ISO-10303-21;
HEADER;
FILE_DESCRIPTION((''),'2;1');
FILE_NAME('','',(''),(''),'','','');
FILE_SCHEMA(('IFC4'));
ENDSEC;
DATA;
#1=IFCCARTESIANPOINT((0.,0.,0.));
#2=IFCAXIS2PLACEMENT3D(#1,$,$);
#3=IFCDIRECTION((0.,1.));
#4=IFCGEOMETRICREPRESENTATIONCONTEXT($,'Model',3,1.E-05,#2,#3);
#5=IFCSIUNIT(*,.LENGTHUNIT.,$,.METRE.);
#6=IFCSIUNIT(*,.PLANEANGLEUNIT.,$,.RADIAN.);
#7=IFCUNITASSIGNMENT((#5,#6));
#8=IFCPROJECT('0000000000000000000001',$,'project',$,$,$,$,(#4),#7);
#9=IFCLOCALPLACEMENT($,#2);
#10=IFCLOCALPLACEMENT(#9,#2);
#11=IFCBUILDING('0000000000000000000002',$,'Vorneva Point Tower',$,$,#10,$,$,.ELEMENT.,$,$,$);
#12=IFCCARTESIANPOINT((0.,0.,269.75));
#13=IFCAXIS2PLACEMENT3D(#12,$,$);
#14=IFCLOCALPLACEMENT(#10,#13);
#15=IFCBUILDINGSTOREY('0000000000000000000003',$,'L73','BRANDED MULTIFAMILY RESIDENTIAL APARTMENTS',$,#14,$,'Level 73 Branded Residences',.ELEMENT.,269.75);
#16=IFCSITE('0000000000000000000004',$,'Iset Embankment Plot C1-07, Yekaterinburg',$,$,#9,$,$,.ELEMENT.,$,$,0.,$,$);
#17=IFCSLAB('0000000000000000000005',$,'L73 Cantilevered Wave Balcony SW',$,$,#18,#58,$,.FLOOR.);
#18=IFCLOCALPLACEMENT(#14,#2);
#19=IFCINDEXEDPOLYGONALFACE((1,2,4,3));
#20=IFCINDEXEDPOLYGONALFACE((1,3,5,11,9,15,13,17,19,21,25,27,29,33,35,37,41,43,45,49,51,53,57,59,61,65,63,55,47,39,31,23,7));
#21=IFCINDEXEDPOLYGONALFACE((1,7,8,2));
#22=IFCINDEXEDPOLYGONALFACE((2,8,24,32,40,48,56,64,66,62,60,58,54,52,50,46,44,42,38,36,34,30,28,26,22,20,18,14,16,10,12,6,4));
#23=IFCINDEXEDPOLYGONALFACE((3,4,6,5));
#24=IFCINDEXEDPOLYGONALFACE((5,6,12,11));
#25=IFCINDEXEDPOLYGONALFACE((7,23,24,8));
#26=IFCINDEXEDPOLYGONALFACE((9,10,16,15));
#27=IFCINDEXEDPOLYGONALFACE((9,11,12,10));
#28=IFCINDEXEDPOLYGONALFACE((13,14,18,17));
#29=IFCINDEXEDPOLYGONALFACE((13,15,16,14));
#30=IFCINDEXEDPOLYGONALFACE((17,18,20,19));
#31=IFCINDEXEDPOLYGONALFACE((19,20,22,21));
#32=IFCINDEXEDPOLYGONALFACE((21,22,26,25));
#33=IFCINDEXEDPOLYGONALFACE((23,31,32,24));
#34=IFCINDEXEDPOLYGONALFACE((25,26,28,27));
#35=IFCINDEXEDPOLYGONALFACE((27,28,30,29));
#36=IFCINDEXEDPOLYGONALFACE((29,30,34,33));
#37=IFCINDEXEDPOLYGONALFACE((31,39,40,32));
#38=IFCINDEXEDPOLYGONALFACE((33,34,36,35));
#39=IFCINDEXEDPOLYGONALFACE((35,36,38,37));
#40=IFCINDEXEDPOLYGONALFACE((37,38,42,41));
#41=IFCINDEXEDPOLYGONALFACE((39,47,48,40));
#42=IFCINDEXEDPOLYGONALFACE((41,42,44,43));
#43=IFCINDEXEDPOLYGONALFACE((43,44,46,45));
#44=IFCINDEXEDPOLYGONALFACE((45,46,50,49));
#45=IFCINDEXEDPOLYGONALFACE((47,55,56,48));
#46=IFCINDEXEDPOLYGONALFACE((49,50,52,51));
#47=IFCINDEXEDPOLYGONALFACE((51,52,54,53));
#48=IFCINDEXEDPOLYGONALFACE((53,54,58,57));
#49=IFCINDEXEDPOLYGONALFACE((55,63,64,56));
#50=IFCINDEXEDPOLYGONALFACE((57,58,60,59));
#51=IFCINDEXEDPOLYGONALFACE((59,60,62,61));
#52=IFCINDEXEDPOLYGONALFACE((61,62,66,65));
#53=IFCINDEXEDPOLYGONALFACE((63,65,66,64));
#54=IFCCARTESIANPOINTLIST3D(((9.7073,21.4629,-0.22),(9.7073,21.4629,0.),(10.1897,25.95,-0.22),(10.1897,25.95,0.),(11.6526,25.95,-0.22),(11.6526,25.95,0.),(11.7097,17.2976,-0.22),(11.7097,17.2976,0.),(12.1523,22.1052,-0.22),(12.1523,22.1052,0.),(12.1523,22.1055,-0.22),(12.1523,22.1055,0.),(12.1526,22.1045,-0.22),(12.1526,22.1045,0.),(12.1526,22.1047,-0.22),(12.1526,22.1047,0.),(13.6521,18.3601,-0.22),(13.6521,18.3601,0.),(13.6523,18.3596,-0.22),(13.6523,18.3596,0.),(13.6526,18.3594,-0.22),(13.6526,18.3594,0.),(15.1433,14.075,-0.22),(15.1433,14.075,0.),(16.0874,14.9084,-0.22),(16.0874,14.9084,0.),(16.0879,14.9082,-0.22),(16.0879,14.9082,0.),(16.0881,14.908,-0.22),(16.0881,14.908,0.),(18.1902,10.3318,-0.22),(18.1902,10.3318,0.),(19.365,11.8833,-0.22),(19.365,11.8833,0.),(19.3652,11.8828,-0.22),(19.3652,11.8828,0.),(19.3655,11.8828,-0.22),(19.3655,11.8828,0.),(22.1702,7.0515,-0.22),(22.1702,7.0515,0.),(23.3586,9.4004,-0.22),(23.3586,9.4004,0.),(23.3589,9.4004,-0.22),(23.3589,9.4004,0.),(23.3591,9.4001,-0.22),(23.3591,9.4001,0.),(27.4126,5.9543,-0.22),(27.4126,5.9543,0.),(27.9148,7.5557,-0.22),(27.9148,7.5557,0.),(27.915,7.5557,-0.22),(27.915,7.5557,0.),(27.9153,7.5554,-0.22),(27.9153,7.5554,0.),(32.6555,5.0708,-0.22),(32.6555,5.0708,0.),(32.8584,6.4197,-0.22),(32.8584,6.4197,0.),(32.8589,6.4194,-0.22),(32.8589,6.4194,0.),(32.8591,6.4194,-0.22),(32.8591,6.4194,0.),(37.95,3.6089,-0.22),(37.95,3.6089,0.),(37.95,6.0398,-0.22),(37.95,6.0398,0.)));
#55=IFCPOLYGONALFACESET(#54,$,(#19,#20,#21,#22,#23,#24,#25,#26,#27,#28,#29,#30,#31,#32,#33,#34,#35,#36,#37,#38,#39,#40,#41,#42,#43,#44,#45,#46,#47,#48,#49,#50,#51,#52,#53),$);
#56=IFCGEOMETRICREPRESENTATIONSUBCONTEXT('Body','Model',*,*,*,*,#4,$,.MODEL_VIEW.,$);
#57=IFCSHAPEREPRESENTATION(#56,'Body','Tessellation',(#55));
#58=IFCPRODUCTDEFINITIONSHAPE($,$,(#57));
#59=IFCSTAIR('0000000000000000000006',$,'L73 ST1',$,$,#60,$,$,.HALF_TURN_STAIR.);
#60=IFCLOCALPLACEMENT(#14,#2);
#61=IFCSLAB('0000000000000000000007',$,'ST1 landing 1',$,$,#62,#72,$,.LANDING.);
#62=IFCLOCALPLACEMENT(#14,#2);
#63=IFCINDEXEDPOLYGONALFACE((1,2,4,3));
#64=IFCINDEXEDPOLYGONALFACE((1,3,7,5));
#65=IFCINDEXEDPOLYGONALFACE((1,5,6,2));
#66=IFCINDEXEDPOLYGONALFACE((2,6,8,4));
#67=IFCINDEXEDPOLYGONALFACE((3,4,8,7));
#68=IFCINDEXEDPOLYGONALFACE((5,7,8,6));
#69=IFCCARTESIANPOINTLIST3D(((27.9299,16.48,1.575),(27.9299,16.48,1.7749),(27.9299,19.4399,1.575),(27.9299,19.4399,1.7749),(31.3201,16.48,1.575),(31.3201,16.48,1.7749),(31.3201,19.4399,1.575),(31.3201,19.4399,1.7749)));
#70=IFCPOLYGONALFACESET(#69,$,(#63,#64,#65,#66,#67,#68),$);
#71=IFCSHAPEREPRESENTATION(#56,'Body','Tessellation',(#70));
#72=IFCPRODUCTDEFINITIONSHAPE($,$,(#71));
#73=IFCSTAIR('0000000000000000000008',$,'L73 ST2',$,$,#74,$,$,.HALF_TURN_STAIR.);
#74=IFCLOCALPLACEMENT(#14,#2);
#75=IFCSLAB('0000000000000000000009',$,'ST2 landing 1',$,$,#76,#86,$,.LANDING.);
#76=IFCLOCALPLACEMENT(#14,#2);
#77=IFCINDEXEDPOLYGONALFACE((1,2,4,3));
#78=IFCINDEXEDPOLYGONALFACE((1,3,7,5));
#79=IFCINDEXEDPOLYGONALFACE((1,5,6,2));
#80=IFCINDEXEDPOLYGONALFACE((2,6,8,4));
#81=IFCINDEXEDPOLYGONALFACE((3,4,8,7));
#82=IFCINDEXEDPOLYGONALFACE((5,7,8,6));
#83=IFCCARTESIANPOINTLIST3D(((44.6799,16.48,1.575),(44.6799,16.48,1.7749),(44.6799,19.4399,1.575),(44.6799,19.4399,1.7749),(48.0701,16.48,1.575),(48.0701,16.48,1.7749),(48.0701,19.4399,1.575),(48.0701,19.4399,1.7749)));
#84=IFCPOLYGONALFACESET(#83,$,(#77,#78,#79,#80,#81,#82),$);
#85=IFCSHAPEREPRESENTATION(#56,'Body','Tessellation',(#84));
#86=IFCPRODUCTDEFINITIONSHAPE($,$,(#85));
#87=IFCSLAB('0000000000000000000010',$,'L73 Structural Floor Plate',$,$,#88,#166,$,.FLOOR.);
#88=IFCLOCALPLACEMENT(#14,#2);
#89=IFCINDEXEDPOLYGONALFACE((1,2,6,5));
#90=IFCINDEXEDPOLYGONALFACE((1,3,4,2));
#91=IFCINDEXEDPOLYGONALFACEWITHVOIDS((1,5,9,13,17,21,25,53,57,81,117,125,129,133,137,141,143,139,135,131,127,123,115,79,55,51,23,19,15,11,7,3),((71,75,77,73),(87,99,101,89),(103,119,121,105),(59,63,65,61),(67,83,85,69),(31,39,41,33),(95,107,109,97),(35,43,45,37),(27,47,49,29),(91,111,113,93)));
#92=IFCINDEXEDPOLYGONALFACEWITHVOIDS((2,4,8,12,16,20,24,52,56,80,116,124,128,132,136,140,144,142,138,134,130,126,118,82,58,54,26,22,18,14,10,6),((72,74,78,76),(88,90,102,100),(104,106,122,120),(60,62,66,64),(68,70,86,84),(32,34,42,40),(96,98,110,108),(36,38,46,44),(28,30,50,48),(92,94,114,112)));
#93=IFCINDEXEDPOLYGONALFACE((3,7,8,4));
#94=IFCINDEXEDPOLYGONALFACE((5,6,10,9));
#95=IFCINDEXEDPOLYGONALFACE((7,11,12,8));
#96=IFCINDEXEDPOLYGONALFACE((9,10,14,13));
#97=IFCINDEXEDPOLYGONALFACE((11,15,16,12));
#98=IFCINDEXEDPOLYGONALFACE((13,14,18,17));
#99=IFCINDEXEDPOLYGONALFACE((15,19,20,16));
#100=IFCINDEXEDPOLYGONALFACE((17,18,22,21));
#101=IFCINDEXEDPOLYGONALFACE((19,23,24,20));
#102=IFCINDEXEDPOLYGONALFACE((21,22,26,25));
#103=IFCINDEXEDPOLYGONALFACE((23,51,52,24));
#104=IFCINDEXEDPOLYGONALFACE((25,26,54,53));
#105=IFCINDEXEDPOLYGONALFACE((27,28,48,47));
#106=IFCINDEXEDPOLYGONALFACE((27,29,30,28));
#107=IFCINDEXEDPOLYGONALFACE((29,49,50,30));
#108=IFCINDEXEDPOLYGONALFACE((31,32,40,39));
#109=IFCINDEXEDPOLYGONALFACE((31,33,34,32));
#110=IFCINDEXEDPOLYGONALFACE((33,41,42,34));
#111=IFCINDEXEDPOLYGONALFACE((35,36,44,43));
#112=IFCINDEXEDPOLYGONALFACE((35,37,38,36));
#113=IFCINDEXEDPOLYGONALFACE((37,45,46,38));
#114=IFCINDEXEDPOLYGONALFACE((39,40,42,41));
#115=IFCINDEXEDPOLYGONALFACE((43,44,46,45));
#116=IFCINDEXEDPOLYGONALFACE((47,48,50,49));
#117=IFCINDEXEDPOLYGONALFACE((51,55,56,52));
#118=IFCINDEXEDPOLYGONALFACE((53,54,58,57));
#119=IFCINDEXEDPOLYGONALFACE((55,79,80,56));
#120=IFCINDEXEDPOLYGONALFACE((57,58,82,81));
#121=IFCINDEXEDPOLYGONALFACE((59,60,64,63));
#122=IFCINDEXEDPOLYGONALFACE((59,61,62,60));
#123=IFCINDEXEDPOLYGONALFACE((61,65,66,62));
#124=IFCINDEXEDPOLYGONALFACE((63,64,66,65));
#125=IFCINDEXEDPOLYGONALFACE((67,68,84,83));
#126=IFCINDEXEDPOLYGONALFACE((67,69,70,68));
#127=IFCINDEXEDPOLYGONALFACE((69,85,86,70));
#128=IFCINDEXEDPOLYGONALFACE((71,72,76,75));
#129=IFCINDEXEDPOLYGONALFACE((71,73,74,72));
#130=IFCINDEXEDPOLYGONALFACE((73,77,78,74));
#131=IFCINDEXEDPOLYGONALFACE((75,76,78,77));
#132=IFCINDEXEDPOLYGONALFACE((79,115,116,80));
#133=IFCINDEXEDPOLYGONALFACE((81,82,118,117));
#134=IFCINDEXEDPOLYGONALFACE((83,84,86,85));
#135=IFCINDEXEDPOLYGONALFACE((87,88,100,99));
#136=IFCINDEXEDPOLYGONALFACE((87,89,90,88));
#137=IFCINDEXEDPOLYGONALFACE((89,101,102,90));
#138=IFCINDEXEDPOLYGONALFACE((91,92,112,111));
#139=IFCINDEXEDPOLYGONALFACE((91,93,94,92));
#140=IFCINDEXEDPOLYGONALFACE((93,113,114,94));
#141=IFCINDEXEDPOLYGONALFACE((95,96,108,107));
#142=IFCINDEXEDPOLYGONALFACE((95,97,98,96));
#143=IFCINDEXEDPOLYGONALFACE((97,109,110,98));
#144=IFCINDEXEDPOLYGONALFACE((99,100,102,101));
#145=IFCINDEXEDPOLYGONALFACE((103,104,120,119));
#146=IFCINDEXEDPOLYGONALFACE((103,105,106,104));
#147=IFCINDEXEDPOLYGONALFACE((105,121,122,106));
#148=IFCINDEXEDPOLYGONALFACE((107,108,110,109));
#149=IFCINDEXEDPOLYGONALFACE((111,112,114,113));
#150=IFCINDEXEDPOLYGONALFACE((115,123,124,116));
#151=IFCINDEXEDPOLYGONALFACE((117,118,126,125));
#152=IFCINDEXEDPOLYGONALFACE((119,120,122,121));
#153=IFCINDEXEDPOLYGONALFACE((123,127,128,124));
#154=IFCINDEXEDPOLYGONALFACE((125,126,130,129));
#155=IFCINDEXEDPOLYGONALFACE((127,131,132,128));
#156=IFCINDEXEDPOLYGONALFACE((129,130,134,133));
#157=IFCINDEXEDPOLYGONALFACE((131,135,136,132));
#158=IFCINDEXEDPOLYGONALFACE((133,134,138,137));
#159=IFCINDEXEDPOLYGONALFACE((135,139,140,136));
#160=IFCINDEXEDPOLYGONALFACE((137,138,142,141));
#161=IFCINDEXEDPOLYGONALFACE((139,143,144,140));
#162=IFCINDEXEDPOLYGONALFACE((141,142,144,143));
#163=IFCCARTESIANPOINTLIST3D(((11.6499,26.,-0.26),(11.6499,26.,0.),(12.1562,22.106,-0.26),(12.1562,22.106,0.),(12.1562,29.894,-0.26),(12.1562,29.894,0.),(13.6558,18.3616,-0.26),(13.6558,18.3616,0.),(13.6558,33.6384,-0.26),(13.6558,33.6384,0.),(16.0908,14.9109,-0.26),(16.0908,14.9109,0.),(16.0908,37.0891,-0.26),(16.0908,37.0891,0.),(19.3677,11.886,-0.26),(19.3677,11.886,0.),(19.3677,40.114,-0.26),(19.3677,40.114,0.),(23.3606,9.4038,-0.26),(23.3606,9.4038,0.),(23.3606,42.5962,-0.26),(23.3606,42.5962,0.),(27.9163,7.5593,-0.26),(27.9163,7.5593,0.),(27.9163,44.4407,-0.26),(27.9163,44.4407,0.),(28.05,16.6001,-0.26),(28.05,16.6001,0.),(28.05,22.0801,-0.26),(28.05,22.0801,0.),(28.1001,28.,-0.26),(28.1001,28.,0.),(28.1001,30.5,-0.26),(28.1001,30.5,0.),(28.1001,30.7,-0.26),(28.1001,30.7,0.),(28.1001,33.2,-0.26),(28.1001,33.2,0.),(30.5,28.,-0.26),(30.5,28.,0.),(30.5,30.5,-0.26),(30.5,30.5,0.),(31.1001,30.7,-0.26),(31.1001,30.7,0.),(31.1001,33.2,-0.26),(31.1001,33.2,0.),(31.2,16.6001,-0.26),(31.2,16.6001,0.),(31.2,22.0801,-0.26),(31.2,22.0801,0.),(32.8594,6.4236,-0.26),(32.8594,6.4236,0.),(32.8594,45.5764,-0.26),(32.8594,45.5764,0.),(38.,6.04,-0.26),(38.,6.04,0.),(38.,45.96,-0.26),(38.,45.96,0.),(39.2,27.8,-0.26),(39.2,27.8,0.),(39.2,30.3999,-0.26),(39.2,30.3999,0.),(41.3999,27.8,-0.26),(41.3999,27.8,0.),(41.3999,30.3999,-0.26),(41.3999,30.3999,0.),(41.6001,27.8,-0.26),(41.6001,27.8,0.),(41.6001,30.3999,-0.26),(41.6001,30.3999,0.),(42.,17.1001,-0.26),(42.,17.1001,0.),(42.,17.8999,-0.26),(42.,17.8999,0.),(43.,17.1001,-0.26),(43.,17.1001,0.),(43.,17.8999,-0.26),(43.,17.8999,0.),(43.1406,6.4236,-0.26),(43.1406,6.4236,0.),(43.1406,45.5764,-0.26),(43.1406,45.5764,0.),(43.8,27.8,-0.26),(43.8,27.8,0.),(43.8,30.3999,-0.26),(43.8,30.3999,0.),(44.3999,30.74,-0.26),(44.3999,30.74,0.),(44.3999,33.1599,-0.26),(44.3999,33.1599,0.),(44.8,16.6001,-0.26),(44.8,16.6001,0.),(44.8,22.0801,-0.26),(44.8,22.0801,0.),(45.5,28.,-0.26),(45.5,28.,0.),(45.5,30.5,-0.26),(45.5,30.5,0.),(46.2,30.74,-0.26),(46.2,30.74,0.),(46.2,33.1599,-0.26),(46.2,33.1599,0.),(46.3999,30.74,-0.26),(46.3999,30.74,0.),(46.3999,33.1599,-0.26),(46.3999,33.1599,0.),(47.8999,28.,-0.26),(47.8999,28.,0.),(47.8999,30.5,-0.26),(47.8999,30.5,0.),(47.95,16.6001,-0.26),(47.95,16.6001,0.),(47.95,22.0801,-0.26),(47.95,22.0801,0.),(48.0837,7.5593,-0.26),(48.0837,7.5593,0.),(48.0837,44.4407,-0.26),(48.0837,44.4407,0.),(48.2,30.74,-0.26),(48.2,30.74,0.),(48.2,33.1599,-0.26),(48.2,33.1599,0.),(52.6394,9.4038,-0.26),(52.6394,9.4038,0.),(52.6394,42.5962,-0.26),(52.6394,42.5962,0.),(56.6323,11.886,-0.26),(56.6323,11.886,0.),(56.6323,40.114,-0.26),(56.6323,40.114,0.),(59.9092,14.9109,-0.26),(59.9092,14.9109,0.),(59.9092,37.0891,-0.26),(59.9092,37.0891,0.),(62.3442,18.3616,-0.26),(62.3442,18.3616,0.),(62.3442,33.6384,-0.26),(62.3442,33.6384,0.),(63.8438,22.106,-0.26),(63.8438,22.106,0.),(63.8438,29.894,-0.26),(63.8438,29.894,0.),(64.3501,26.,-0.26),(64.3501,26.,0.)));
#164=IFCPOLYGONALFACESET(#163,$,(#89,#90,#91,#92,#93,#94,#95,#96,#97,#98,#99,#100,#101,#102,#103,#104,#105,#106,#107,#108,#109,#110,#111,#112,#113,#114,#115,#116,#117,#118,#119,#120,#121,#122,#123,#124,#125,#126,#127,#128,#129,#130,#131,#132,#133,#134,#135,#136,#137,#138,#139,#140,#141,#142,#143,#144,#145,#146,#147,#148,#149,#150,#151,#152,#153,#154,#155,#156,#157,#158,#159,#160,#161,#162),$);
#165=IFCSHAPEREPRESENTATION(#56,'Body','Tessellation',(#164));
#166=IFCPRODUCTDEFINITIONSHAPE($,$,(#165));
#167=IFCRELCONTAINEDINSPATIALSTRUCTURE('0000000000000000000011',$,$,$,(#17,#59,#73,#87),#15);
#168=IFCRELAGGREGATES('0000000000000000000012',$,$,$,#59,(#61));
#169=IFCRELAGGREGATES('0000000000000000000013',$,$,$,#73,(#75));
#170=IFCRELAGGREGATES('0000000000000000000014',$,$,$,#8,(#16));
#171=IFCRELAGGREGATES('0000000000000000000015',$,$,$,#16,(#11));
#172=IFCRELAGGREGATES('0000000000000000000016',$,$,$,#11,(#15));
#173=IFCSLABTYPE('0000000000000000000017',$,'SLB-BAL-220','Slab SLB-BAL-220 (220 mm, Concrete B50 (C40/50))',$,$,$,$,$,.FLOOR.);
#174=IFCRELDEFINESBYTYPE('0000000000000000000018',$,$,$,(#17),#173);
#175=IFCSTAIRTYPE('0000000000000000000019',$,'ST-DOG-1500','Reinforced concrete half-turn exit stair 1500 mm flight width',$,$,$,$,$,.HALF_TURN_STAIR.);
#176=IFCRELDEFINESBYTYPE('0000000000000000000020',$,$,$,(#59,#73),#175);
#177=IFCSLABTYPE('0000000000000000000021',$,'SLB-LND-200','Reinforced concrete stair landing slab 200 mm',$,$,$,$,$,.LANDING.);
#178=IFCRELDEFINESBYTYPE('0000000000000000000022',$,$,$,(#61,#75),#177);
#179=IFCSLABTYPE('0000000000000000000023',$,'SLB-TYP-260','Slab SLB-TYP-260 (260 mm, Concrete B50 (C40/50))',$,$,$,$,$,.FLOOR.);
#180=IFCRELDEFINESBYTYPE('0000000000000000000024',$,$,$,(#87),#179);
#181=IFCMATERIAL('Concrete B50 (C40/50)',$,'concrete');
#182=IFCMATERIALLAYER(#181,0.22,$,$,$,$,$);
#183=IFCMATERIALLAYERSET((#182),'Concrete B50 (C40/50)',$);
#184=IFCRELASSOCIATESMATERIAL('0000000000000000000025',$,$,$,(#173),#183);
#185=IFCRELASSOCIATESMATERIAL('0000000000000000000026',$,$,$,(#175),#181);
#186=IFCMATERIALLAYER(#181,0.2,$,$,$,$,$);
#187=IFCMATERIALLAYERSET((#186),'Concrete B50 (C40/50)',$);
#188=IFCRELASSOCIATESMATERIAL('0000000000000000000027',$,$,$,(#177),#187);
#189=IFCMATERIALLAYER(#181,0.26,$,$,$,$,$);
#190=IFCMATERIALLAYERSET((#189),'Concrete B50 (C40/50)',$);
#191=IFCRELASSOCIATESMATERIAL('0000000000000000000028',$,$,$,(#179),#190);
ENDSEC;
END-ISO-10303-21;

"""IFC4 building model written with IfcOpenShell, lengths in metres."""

from ifc_helpers import new_model, si_unit, direction, frame, origin, place, context, subcontext, project, spatial, polyline, outline, extrude, material, layer, layer_set, type_object, element, aggregate, save


model = new_model("IFC4")

# Units and contexts
model_context = context("Model", 3, precision=1e-05, world=origin(), true_north=direction((0.0, 1.0)))
body_context = subcontext(model_context, "Body", "Model", "MODEL_VIEW")
ifc_project = project(units=[si_unit("LENGTHUNIT", "METRE"), si_unit("PLANEANGLEUNIT", "RADIAN")], contexts=[model_context])

# Site, building, storey
site_placement = place(None, origin())
site = spatial("IfcSite", under=ifc_project, at=site_placement, Name="Iset Embankment Plot C1-07, Yekaterinburg", CompositionType="ELEMENT", RefElevation=0.0)
building_placement = place(site_placement, origin())
building = spatial("IfcBuilding", under=site, at=building_placement, Name="Vorneva Point Tower", CompositionType="ELEMENT")
storey_placement = place(building_placement, frame((0.0, 0.0, 269.75)))
storey = spatial("IfcBuildingStorey", under=building, at=storey_placement, Name="L73", Description="BRANDED MULTIFAMILY RESIDENTIAL APARTMENTS", LongName="Level 73 Branded Residences", CompositionType="ELEMENT", Elevation=269.75)

# Shared definitions
ifc_material_1 = material(Name="Concrete B50 (C40/50)", Category="concrete")

# Slab
ifc_layer_1 = layer(ifc_material_1, 0.22)
ifc_layer_set_1 = layer_set([ifc_layer_1], Name="Concrete B50 (C40/50)")
slab_type_1 = type_object("IfcSlabType", Name="SLB-BAL-220", Description="Slab SLB-BAL-220 (220 mm, Concrete B50 (C40/50))", PredefinedType="FLOOR", material=ifc_layer_set_1)
slab_1_placement = place(storey_placement, frame((0.0, 0.0, -0.22)))
element("IfcSlab", 1, at=slab_1_placement, inside=storey, type_object=slab_type_1, Name="L73 Cantilevered Wave Balcony SW", PredefinedType="FLOOR", context=body_context, shape_type="SweptSolid", body=[
    extrude(outline(polyline([(37.95, 3.6089), (37.95, 6.0398), (32.8591, 6.4194), (32.8589, 6.4194), (32.8584, 6.4197), (27.9153, 7.5554), (27.915, 7.5557), (27.9148, 7.5557), (23.3591, 9.4001), (23.3589, 9.4004), (23.3586, 9.4004), (19.3655, 11.8828), (19.3652, 11.8828), (19.365, 11.8833), (16.0881, 14.908), (16.0879, 14.9082), (16.0874, 14.9084), (13.6526, 18.3594), (13.6523, 18.3596), (13.6521, 18.3601), (12.1526, 22.1045), (12.1526, 22.1047), (12.1523, 22.1052), (12.1523, 22.1055), (11.6526, 25.95), (10.1897, 25.95), (9.7073, 21.4629), (11.7097, 17.2976), (15.1433, 14.075), (18.1902, 10.3318), (22.1702, 7.0515), (27.4126, 5.9543), (32.6555, 5.0708), (37.95, 3.6089)])), origin(), (0.0, 0.0, 1.0), 0.22),
])

# Stairs, slabs
stair_type = type_object("IfcStairType", Name="ST-DOG-1500", Description="Reinforced concrete half-turn exit stair 1500 mm flight width", PredefinedType="HALF_TURN_STAIR", material=ifc_material_1)
stair_1_placement = place(storey_placement, origin())
stair_1 = element("IfcStair", 2, at=stair_1_placement, inside=storey, type_object=stair_type, Name="L73 ST1", PredefinedType="HALF_TURN_STAIR")
ifc_layer_2 = layer(ifc_material_1, 0.2)
ifc_layer_set_2 = layer_set([ifc_layer_2], Name="Concrete B50 (C40/50)")
slab_type_2 = type_object("IfcSlabType", Name="SLB-LND-200", Description="Reinforced concrete stair landing slab 200 mm", PredefinedType="LANDING", material=ifc_layer_set_2)
slab_2_placement = place(storey_placement, frame((0.0, 0.0, 1.575)))
slab_2 = element("IfcSlab", 3, at=slab_2_placement, type_object=slab_type_2, Name="ST1 landing 1", PredefinedType="LANDING", context=body_context, shape_type="SweptSolid", body=[
    extrude(outline(polyline([(27.9299, 16.48), (31.3201, 16.48), (31.3201, 19.4399), (27.9299, 19.4399), (27.9299, 16.48)])), origin(), (0.0, 0.0, 1.0), 0.2),
])
aggregate(stair_1, [slab_2])
stair_2_placement = place(storey_placement, origin())
stair_2 = element("IfcStair", 4, at=stair_2_placement, inside=storey, type_object=stair_type, Name="L73 ST2", PredefinedType="HALF_TURN_STAIR")
slab_3_placement = place(storey_placement, frame((0.0, 0.0, 1.575)))
slab_3 = element("IfcSlab", 5, at=slab_3_placement, type_object=slab_type_2, Name="ST2 landing 1", PredefinedType="LANDING", context=body_context, shape_type="SweptSolid", body=[
    extrude(outline(polyline([(44.6799, 16.48), (48.0701, 16.48), (48.0701, 19.4399), (44.6799, 19.4399), (44.6799, 16.48)])), origin(), (0.0, 0.0, 1.0), 0.2),
])
aggregate(stair_2, [slab_3])

# Slab
ifc_layer_3 = layer(ifc_material_1, 0.26)
ifc_layer_set_3 = layer_set([ifc_layer_3], Name="Concrete B50 (C40/50)")
slab_type_3 = type_object("IfcSlabType", Name="SLB-TYP-260", Description="Slab SLB-TYP-260 (260 mm, Concrete B50 (C40/50))", PredefinedType="FLOOR", material=ifc_layer_set_3)
slab_4_placement = place(storey_placement, frame((0.0, 0.0, -0.26)))
element("IfcSlab", 6, at=slab_4_placement, inside=storey, type_object=slab_type_3, Name="L73 Structural Floor Plate", PredefinedType="FLOOR", context=body_context, shape_type="SweptSolid", body=[
    extrude(outline(polyline([(64.3501, 26.0), (63.8438, 29.894), (62.3442, 33.6384), (59.9092, 37.0891), (56.6323, 40.114), (52.6394, 42.5962), (48.0837, 44.4407), (43.1406, 45.5764), (38.0, 45.96), (32.8594, 45.5764), (27.9163, 44.4407), (23.3606, 42.5962), (19.3677, 40.114), (16.0908, 37.0891), (13.6558, 33.6384), (12.1562, 29.894), (11.6499, 26.0), (12.1562, 22.106), (13.6558, 18.3616), (16.0908, 14.9109), (19.3677, 11.886), (23.3606, 9.4038), (27.9163, 7.5593), (32.8594, 6.4236), (38.0, 6.04), (43.1406, 6.4236), (48.0837, 7.5593), (52.6394, 9.4038), (56.6323, 11.886), (59.9092, 14.9109), (62.3442, 18.3616), (63.8438, 22.106), (64.3501, 26.0)]), holes=[polyline([(39.2, 27.8), (41.3999, 27.8), (41.3999, 30.3999), (39.2, 30.3999), (39.2, 27.8)]), polyline([(41.6001, 27.8), (43.8, 27.8), (43.8, 30.3999), (41.6001, 30.3999), (41.6001, 27.8)]), polyline([(44.3999, 30.74), (46.2, 30.74), (46.2, 33.1599), (44.3999, 33.1599), (44.3999, 30.74)]), polyline([(46.3999, 30.74), (48.2, 30.74), (48.2, 33.1599), (46.3999, 33.1599), (46.3999, 30.74)]), polyline([(28.1001, 28.0), (30.5, 28.0), (30.5, 30.5), (28.1001, 30.5), (28.1001, 28.0)]), polyline([(45.5, 28.0), (47.8999, 28.0), (47.8999, 30.5), (45.5, 30.5), (45.5, 28.0)]), polyline([(28.1001, 30.7), (31.1001, 30.7), (31.1001, 33.2), (28.1001, 33.2), (28.1001, 30.7)]), polyline([(28.05, 16.6001), (31.2, 16.6001), (31.2, 22.0801), (28.05, 22.0801), (28.05, 16.6001)]), polyline([(44.8, 16.6001), (47.95, 16.6001), (47.95, 22.0801), (44.8, 22.0801), (44.8, 16.6001)]), polyline([(42.0, 17.1001), (43.0, 17.1001), (43.0, 17.8999), (42.0, 17.8999), (42.0, 17.1001)])]), origin(), (0.0, 0.0, 1.0), 0.26),
])

save(model, "model.ifc")
